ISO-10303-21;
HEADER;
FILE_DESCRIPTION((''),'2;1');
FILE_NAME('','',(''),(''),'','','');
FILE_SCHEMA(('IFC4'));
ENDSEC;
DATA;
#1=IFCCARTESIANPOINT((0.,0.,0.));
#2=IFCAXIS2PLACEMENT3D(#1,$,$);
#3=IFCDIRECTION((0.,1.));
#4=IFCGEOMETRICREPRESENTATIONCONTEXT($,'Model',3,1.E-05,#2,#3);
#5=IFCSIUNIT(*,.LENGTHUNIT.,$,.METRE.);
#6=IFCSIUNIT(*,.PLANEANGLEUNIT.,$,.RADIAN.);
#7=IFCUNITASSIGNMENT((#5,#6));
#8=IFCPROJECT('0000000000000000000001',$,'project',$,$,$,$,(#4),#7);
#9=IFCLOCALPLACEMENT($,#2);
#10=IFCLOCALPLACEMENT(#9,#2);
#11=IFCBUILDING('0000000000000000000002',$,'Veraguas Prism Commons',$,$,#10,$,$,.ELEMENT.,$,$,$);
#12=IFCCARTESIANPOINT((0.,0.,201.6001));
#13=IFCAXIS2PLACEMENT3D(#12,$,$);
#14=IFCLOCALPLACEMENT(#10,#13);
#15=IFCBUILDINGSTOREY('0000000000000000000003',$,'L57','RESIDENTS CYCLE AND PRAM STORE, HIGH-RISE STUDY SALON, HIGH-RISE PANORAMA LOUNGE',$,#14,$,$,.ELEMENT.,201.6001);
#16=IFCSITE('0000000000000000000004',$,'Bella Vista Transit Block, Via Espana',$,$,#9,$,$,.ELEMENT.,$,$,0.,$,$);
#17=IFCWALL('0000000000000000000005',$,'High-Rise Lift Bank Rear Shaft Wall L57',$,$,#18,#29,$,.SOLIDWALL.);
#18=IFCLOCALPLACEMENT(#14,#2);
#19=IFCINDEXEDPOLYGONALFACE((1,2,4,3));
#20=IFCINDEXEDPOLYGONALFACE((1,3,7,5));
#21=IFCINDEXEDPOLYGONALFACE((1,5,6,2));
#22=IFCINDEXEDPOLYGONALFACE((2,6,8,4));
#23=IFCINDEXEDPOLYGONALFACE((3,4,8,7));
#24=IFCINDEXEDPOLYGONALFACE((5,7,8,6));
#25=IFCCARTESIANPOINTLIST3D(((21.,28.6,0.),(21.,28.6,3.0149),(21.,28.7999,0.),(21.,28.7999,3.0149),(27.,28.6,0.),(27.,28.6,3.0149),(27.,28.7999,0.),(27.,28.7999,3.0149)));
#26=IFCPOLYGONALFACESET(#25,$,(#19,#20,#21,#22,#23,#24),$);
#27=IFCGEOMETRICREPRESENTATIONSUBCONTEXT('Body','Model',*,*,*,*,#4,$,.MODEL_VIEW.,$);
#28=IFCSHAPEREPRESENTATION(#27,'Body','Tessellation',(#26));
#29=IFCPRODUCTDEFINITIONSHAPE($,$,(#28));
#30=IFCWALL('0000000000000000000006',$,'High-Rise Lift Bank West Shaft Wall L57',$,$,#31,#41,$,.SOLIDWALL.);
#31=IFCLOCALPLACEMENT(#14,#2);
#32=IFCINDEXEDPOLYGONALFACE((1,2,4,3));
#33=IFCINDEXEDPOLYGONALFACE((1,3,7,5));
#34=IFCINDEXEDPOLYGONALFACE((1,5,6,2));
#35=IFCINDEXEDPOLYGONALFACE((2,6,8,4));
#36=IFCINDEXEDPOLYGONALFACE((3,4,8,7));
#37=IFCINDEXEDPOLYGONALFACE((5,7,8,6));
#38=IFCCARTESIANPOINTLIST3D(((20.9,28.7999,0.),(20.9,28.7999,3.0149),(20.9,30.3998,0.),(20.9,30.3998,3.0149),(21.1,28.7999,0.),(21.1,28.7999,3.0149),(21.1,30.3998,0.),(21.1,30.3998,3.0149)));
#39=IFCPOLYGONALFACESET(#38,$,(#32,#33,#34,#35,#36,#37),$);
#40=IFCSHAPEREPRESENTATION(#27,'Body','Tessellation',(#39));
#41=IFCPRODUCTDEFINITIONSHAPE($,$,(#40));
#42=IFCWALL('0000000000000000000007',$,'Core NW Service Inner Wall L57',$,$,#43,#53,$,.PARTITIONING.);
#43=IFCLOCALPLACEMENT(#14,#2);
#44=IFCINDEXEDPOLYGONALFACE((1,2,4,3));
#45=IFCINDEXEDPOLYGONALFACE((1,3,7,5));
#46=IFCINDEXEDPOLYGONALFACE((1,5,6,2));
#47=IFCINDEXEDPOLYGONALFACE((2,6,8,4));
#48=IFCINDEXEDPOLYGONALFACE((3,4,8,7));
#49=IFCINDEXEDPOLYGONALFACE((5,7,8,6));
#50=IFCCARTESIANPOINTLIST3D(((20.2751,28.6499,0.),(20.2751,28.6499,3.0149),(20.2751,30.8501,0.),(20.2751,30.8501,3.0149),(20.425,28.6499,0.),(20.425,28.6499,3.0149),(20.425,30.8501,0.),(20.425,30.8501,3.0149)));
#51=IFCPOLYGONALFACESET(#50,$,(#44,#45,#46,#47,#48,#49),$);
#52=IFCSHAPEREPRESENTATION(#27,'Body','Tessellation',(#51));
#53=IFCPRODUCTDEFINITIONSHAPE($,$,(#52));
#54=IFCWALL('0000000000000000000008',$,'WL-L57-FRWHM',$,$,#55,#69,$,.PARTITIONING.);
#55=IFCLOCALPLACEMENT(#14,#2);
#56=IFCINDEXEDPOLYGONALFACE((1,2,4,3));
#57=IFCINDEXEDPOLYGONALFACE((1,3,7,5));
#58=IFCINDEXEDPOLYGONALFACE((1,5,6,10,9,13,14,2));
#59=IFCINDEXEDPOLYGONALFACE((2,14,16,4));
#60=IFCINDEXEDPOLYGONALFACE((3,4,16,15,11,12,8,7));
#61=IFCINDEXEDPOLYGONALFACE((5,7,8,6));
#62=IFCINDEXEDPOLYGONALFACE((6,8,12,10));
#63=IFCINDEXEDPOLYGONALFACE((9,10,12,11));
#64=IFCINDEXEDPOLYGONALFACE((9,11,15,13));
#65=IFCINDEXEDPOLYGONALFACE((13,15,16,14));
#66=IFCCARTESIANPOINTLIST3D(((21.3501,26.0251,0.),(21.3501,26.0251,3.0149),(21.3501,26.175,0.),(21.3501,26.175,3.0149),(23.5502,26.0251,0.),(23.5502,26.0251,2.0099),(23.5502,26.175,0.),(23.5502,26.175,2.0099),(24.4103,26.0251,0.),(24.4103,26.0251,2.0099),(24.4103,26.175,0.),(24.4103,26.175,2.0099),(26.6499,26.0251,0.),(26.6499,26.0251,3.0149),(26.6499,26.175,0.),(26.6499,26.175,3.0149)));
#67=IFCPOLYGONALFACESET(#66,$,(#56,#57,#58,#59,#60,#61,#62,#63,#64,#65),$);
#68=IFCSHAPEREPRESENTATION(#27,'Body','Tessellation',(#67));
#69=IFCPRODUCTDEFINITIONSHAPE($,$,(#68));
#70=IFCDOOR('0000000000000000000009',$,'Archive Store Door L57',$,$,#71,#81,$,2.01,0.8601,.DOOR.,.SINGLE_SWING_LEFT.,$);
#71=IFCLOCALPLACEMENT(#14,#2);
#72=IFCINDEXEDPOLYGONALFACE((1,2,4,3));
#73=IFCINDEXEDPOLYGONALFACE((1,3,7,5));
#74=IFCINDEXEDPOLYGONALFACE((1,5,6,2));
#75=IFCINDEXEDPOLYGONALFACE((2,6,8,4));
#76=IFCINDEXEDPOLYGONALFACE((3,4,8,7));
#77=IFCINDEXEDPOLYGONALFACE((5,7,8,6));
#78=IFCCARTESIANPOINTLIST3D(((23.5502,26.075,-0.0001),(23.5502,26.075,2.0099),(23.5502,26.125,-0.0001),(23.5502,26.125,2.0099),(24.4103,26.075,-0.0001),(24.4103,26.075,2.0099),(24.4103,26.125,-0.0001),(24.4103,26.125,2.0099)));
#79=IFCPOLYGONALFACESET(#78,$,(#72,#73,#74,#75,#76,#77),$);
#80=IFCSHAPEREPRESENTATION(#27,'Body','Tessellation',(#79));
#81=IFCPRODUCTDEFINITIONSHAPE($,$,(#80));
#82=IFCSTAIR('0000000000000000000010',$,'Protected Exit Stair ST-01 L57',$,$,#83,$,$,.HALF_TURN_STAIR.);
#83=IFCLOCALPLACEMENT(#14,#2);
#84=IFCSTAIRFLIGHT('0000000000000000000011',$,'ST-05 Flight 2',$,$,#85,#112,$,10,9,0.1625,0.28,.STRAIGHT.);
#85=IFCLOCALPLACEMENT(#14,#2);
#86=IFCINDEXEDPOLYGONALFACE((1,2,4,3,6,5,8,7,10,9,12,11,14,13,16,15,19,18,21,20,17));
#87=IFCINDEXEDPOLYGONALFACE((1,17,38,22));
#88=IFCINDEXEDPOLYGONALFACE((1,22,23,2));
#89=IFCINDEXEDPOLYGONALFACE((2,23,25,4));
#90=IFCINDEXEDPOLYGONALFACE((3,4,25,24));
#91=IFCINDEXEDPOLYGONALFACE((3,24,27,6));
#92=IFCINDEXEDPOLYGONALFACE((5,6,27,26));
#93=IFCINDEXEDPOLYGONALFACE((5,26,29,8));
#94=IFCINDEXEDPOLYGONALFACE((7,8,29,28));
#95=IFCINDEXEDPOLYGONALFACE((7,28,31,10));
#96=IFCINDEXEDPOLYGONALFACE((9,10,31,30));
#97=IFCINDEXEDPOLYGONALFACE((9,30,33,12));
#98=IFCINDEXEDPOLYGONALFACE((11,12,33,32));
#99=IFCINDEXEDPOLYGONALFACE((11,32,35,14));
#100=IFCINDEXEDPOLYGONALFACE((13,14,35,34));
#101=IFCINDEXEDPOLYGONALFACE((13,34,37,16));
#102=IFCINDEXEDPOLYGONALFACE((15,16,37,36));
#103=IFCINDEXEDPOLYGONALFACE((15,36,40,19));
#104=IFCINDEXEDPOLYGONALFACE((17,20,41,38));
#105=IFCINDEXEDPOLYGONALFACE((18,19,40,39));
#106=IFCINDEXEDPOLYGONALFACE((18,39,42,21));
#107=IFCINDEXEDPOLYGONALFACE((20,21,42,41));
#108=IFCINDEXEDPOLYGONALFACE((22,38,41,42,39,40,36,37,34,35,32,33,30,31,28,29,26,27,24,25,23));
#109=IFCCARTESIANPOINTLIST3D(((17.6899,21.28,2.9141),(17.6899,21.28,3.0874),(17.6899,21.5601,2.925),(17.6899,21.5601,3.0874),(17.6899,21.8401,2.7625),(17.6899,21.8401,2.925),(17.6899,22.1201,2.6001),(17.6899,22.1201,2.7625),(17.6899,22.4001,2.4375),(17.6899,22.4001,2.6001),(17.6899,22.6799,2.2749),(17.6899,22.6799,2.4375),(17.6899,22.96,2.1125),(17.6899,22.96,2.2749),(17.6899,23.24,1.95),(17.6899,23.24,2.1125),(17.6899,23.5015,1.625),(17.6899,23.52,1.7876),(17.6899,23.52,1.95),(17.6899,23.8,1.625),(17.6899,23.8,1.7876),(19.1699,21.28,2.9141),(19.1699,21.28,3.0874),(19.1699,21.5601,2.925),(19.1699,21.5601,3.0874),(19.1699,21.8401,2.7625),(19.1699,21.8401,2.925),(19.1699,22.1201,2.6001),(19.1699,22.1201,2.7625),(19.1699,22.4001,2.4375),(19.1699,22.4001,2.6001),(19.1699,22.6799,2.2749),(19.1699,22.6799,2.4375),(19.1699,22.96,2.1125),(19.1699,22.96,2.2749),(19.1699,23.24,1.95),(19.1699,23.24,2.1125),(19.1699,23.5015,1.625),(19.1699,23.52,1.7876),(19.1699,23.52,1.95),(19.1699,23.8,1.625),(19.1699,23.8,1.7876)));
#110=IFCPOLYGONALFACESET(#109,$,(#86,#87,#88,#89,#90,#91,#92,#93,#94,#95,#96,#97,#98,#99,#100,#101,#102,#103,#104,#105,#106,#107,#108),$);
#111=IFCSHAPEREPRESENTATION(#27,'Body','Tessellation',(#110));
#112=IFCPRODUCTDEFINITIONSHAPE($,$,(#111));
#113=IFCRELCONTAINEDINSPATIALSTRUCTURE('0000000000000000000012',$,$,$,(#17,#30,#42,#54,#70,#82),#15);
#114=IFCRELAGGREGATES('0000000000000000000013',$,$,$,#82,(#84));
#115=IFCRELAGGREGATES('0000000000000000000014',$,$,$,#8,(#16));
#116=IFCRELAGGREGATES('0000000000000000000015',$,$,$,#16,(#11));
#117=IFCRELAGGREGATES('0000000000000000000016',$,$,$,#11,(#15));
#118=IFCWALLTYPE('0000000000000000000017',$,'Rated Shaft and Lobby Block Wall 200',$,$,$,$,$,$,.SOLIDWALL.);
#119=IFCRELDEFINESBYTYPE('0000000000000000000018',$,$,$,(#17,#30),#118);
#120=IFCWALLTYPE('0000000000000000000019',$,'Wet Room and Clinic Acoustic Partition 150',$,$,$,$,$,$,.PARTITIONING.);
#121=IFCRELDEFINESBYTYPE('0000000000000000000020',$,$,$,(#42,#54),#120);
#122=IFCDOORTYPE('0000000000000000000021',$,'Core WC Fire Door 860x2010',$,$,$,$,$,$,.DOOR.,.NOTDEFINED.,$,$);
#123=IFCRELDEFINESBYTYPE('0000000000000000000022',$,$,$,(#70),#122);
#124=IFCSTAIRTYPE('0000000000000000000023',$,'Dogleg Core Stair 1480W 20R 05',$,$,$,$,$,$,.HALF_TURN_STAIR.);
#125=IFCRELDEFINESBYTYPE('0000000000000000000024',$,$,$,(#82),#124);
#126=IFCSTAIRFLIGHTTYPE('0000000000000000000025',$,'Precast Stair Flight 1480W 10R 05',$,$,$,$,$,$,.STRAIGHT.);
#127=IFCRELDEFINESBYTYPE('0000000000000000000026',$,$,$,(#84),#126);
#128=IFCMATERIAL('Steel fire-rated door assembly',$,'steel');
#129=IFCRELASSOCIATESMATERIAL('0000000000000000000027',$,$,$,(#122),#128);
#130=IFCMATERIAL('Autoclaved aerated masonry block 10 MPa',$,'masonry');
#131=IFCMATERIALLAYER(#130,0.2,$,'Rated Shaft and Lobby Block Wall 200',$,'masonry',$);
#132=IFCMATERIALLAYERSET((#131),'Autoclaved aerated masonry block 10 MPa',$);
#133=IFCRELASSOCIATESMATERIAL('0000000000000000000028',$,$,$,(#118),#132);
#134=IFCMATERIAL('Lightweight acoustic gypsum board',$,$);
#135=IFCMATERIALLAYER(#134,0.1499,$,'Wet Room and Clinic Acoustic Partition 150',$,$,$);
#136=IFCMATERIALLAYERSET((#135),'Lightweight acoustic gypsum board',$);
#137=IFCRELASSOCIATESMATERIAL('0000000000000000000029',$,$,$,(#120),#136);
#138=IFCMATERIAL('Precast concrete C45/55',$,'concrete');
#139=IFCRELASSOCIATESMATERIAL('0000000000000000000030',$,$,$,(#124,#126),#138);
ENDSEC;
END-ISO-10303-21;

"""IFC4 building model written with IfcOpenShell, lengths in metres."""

from ifc_helpers import new_model, si_unit, direction, frame, frame_2d, origin, place, context, subcontext, project, spatial, polyline, rectangle, outline, extrude, source, transform, mapped, material, layer, layer_set, type_object, element, fill, aggregate, save


model = new_model("IFC4")

# Units and contexts
model_context = context("Model", 3, precision=1e-05, world=origin(), true_north=direction((0.0, 1.0)))
body_context = subcontext(model_context, "Body", "Model", "MODEL_VIEW")
ifc_project = project(units=[si_unit("LENGTHUNIT", "METRE"), si_unit("PLANEANGLEUNIT", "RADIAN")], contexts=[model_context])

# Site, building, storey
site_placement = place(None, origin())
site = spatial("IfcSite", under=ifc_project, at=site_placement, Name="Bella Vista Transit Block, Via Espana", CompositionType="ELEMENT", RefElevation=0.0)
building_placement = place(site_placement, origin())
building = spatial("IfcBuilding", under=site, at=building_placement, Name="Veraguas Prism Commons", CompositionType="ELEMENT")
storey_placement = place(building_placement, frame((0.0, 0.0, 201.6001)))
storey = spatial("IfcBuildingStorey", under=building, at=storey_placement, Name="L57", Description="RESIDENTS CYCLE AND PRAM STORE, HIGH-RISE STUDY SALON, HIGH-RISE PANORAMA LOUNGE", CompositionType="ELEMENT", Elevation=201.6001)

# Shared definitions
ifc_material_1 = material(Name="Steel fire-rated door assembly", Category="steel")
door_type_1 = type_object("IfcDoorType", Name="Core WC Fire Door 860x2010", OperationType="NOTDEFINED", PredefinedType="DOOR", material=ifc_material_1)
shared_shape_1 = source(origin(), body_context, "Body", "SweptSolid", [
    extrude(rectangle(XDim=0.8601, YDim=2.01, at=frame_2d((0.4302, 1.0049))), frame((0.0, 0.0249, 0.0), z_axis=(0.0, -1.0, 0.0), x_axis=(1.0, 0.0, 0.0)), (0.0, 0.0, 1.0), 0.05),
])
ifc_material_2 = material(Name="Autoclaved aerated masonry block 10 MPa", Category="masonry")

# Walls
ifc_layer_1 = layer(ifc_material_2, 0.2, Name="Rated Shaft and Lobby Block Wall 200", Category="masonry")
ifc_layer_set_1 = layer_set([ifc_layer_1], Name="Autoclaved aerated masonry block 10 MPa")
wall_type_1 = type_object("IfcWallType", Name="Rated Shaft and Lobby Block Wall 200", PredefinedType="SOLIDWALL", material=ifc_layer_set_1)
wall_1_placement = place(storey_placement, frame((21.0, 28.7, 0.0), z_axis=(0.0, 0.0, 1.0), x_axis=(1.0, 0.0, 0.0)))
element("IfcWall", 1, at=wall_1_placement, inside=storey, type_object=wall_type_1, Name="High-Rise Lift Bank Rear Shaft Wall L57", PredefinedType="SOLIDWALL", context=body_context, shape_type="SweptSolid", body=[
    extrude(rectangle(XDim=6.0, YDim=0.2, at=frame_2d((3.0, 0.0))), origin(), (0.0, 0.0, 1.0), 3.0149),
])
wall_2_placement = place(storey_placement, frame((21.0, 28.8, 0.0), z_axis=(0.0, 0.0, 1.0), x_axis=(0.0, 1.0, 0.0)))
element("IfcWall", 2, at=wall_2_placement, inside=storey, type_object=wall_type_1, Name="High-Rise Lift Bank West Shaft Wall L57", PredefinedType="SOLIDWALL", context=body_context, shape_type="SweptSolid", body=[
    extrude(rectangle(XDim=1.5999, YDim=0.2, at=frame_2d((0.7998, 0.0))), origin(), (0.0, 0.0, 1.0), 3.0149),
])
ifc_material_3 = material(Name="Lightweight acoustic gypsum board")
ifc_layer_2 = layer(ifc_material_3, 0.1499, Name="Wet Room and Clinic Acoustic Partition 150")
ifc_layer_set_2 = layer_set([ifc_layer_2], Name="Lightweight acoustic gypsum board")
wall_type_2 = type_object("IfcWallType", Name="Wet Room and Clinic Acoustic Partition 150", PredefinedType="PARTITIONING", material=ifc_layer_set_2)
wall_3_placement = place(storey_placement, frame((20.3501, 28.6499, 0.0), z_axis=(0.0, 0.0, 1.0), x_axis=(0.0, 1.0, 0.0)))
element("IfcWall", 3, at=wall_3_placement, inside=storey, type_object=wall_type_2, Name="Core NW Service Inner Wall L57", PredefinedType="PARTITIONING", context=body_context, shape_type="SweptSolid", body=[
    extrude(rectangle(XDim=2.2002, YDim=0.1499, at=frame_2d((1.1001, 0.0))), origin(), (0.0, 0.0, 1.0), 3.0149),
])

# Wall, opening, door
wall_4_placement = place(storey_placement, frame((21.3501, 26.1001, 0.0), z_axis=(0.0, 0.0, 1.0), x_axis=(1.0, 0.0, 0.0)))
wall_4 = element("IfcWall", 4, at=wall_4_placement, inside=storey, type_object=wall_type_2, Name="WL-L57-FRWHM", PredefinedType="PARTITIONING", context=body_context, shape_type="SweptSolid", body=[
    extrude(rectangle(XDim=5.2998, YDim=0.1499, at=frame_2d((2.6499, 0.0))), origin(), (0.0, 0.0, 1.0), 3.0149),
])
opening_1_placement = place(wall_4_placement, frame((2.2, 0.0, 0.0)))
opening_1 = element("IfcOpeningElement", 5, at=opening_1_placement, cuts=wall_4, PredefinedType="OPENING", context=body_context, shape_type="SweptSolid", body=[
    extrude(rectangle(XDim=0.8601, YDim=2.01, at=frame_2d((0.4302, 1.0049))), frame((0.0, 0.085, 0.0), z_axis=(0.0, -1.0, 0.0), x_axis=(1.0, 0.0, 0.0)), (0.0, 0.0, 1.0), 0.1699),
])
door_1_placement = place(opening_1_placement, origin())
door_1 = element("IfcDoor", 6, at=door_1_placement, inside=storey, type_object=door_type_1, Name="Archive Store Door L57", OperationType="SINGLE_SWING_LEFT", OverallHeight=2.01, OverallWidth=0.8601, PredefinedType="DOOR", context=body_context, shape_type="MappedRepresentation", body=[
    mapped(shared_shape_1, transform((0.0, 0.0, 0.0), scale=1.0)),
])
fill(opening_1, door_1)

# Stair, stair flight
ifc_material_4 = material(Name="Precast concrete C45/55", Category="concrete")
stair_type = type_object("IfcStairType", Name="Dogleg Core Stair 1480W 20R 05", PredefinedType="HALF_TURN_STAIR", material=ifc_material_4)
stair_placement = place(storey_placement, origin())
stair = element("IfcStair", 7, at=stair_placement, inside=storey, type_object=stair_type, Name="Protected Exit Stair ST-01 L57", PredefinedType="HALF_TURN_STAIR")
stair_flight_type = type_object("IfcStairFlightType", Name="Precast Stair Flight 1480W 10R 05", PredefinedType="STRAIGHT", material=ifc_material_4)
stair_flight_placement = place(storey_placement, frame((18.4299, 23.8, 1.625), z_axis=(0.0, 0.0, 1.0), x_axis=(0.0, -1.0, 0.0)))
stair_flight = element("IfcStairFlight", 8, at=stair_flight_placement, type_object=stair_flight_type, Name="ST-05 Flight 2", NumberOfRisers=10, NumberOfTreads=9, PredefinedType="STRAIGHT", RiserHeight=0.1625, TreadLength=0.28, context=body_context, shape_type="SweptSolid", body=[
    extrude(outline(polyline([(0.0, 0.0), (0.0, 0.1626), (0.28, 0.1626), (0.28, 0.325), (0.5601, 0.325), (0.5601, 0.4875), (0.8401, 0.4875), (0.8401, 0.6499), (1.1201, 0.6499), (1.1201, 0.8125), (1.3999, 0.8125), (1.3999, 0.9751), (1.6799, 0.9751), (1.6799, 1.1375), (1.96, 1.1375), (1.96, 1.3), (2.24, 1.3), (2.24, 1.4624), (2.52, 1.4624), (2.52, 1.625), (2.52, 1.2891), (0.2986, 0.0), (0.0, 0.0)])), frame((0.0, 0.74, 0.0), z_axis=(0.0, -1.0, 0.0), x_axis=(1.0, 0.0, 0.0)), (0.0, 0.0, 1.0), 1.48),
])
aggregate(stair, [stair_flight])

save(model, "model.ifc")
